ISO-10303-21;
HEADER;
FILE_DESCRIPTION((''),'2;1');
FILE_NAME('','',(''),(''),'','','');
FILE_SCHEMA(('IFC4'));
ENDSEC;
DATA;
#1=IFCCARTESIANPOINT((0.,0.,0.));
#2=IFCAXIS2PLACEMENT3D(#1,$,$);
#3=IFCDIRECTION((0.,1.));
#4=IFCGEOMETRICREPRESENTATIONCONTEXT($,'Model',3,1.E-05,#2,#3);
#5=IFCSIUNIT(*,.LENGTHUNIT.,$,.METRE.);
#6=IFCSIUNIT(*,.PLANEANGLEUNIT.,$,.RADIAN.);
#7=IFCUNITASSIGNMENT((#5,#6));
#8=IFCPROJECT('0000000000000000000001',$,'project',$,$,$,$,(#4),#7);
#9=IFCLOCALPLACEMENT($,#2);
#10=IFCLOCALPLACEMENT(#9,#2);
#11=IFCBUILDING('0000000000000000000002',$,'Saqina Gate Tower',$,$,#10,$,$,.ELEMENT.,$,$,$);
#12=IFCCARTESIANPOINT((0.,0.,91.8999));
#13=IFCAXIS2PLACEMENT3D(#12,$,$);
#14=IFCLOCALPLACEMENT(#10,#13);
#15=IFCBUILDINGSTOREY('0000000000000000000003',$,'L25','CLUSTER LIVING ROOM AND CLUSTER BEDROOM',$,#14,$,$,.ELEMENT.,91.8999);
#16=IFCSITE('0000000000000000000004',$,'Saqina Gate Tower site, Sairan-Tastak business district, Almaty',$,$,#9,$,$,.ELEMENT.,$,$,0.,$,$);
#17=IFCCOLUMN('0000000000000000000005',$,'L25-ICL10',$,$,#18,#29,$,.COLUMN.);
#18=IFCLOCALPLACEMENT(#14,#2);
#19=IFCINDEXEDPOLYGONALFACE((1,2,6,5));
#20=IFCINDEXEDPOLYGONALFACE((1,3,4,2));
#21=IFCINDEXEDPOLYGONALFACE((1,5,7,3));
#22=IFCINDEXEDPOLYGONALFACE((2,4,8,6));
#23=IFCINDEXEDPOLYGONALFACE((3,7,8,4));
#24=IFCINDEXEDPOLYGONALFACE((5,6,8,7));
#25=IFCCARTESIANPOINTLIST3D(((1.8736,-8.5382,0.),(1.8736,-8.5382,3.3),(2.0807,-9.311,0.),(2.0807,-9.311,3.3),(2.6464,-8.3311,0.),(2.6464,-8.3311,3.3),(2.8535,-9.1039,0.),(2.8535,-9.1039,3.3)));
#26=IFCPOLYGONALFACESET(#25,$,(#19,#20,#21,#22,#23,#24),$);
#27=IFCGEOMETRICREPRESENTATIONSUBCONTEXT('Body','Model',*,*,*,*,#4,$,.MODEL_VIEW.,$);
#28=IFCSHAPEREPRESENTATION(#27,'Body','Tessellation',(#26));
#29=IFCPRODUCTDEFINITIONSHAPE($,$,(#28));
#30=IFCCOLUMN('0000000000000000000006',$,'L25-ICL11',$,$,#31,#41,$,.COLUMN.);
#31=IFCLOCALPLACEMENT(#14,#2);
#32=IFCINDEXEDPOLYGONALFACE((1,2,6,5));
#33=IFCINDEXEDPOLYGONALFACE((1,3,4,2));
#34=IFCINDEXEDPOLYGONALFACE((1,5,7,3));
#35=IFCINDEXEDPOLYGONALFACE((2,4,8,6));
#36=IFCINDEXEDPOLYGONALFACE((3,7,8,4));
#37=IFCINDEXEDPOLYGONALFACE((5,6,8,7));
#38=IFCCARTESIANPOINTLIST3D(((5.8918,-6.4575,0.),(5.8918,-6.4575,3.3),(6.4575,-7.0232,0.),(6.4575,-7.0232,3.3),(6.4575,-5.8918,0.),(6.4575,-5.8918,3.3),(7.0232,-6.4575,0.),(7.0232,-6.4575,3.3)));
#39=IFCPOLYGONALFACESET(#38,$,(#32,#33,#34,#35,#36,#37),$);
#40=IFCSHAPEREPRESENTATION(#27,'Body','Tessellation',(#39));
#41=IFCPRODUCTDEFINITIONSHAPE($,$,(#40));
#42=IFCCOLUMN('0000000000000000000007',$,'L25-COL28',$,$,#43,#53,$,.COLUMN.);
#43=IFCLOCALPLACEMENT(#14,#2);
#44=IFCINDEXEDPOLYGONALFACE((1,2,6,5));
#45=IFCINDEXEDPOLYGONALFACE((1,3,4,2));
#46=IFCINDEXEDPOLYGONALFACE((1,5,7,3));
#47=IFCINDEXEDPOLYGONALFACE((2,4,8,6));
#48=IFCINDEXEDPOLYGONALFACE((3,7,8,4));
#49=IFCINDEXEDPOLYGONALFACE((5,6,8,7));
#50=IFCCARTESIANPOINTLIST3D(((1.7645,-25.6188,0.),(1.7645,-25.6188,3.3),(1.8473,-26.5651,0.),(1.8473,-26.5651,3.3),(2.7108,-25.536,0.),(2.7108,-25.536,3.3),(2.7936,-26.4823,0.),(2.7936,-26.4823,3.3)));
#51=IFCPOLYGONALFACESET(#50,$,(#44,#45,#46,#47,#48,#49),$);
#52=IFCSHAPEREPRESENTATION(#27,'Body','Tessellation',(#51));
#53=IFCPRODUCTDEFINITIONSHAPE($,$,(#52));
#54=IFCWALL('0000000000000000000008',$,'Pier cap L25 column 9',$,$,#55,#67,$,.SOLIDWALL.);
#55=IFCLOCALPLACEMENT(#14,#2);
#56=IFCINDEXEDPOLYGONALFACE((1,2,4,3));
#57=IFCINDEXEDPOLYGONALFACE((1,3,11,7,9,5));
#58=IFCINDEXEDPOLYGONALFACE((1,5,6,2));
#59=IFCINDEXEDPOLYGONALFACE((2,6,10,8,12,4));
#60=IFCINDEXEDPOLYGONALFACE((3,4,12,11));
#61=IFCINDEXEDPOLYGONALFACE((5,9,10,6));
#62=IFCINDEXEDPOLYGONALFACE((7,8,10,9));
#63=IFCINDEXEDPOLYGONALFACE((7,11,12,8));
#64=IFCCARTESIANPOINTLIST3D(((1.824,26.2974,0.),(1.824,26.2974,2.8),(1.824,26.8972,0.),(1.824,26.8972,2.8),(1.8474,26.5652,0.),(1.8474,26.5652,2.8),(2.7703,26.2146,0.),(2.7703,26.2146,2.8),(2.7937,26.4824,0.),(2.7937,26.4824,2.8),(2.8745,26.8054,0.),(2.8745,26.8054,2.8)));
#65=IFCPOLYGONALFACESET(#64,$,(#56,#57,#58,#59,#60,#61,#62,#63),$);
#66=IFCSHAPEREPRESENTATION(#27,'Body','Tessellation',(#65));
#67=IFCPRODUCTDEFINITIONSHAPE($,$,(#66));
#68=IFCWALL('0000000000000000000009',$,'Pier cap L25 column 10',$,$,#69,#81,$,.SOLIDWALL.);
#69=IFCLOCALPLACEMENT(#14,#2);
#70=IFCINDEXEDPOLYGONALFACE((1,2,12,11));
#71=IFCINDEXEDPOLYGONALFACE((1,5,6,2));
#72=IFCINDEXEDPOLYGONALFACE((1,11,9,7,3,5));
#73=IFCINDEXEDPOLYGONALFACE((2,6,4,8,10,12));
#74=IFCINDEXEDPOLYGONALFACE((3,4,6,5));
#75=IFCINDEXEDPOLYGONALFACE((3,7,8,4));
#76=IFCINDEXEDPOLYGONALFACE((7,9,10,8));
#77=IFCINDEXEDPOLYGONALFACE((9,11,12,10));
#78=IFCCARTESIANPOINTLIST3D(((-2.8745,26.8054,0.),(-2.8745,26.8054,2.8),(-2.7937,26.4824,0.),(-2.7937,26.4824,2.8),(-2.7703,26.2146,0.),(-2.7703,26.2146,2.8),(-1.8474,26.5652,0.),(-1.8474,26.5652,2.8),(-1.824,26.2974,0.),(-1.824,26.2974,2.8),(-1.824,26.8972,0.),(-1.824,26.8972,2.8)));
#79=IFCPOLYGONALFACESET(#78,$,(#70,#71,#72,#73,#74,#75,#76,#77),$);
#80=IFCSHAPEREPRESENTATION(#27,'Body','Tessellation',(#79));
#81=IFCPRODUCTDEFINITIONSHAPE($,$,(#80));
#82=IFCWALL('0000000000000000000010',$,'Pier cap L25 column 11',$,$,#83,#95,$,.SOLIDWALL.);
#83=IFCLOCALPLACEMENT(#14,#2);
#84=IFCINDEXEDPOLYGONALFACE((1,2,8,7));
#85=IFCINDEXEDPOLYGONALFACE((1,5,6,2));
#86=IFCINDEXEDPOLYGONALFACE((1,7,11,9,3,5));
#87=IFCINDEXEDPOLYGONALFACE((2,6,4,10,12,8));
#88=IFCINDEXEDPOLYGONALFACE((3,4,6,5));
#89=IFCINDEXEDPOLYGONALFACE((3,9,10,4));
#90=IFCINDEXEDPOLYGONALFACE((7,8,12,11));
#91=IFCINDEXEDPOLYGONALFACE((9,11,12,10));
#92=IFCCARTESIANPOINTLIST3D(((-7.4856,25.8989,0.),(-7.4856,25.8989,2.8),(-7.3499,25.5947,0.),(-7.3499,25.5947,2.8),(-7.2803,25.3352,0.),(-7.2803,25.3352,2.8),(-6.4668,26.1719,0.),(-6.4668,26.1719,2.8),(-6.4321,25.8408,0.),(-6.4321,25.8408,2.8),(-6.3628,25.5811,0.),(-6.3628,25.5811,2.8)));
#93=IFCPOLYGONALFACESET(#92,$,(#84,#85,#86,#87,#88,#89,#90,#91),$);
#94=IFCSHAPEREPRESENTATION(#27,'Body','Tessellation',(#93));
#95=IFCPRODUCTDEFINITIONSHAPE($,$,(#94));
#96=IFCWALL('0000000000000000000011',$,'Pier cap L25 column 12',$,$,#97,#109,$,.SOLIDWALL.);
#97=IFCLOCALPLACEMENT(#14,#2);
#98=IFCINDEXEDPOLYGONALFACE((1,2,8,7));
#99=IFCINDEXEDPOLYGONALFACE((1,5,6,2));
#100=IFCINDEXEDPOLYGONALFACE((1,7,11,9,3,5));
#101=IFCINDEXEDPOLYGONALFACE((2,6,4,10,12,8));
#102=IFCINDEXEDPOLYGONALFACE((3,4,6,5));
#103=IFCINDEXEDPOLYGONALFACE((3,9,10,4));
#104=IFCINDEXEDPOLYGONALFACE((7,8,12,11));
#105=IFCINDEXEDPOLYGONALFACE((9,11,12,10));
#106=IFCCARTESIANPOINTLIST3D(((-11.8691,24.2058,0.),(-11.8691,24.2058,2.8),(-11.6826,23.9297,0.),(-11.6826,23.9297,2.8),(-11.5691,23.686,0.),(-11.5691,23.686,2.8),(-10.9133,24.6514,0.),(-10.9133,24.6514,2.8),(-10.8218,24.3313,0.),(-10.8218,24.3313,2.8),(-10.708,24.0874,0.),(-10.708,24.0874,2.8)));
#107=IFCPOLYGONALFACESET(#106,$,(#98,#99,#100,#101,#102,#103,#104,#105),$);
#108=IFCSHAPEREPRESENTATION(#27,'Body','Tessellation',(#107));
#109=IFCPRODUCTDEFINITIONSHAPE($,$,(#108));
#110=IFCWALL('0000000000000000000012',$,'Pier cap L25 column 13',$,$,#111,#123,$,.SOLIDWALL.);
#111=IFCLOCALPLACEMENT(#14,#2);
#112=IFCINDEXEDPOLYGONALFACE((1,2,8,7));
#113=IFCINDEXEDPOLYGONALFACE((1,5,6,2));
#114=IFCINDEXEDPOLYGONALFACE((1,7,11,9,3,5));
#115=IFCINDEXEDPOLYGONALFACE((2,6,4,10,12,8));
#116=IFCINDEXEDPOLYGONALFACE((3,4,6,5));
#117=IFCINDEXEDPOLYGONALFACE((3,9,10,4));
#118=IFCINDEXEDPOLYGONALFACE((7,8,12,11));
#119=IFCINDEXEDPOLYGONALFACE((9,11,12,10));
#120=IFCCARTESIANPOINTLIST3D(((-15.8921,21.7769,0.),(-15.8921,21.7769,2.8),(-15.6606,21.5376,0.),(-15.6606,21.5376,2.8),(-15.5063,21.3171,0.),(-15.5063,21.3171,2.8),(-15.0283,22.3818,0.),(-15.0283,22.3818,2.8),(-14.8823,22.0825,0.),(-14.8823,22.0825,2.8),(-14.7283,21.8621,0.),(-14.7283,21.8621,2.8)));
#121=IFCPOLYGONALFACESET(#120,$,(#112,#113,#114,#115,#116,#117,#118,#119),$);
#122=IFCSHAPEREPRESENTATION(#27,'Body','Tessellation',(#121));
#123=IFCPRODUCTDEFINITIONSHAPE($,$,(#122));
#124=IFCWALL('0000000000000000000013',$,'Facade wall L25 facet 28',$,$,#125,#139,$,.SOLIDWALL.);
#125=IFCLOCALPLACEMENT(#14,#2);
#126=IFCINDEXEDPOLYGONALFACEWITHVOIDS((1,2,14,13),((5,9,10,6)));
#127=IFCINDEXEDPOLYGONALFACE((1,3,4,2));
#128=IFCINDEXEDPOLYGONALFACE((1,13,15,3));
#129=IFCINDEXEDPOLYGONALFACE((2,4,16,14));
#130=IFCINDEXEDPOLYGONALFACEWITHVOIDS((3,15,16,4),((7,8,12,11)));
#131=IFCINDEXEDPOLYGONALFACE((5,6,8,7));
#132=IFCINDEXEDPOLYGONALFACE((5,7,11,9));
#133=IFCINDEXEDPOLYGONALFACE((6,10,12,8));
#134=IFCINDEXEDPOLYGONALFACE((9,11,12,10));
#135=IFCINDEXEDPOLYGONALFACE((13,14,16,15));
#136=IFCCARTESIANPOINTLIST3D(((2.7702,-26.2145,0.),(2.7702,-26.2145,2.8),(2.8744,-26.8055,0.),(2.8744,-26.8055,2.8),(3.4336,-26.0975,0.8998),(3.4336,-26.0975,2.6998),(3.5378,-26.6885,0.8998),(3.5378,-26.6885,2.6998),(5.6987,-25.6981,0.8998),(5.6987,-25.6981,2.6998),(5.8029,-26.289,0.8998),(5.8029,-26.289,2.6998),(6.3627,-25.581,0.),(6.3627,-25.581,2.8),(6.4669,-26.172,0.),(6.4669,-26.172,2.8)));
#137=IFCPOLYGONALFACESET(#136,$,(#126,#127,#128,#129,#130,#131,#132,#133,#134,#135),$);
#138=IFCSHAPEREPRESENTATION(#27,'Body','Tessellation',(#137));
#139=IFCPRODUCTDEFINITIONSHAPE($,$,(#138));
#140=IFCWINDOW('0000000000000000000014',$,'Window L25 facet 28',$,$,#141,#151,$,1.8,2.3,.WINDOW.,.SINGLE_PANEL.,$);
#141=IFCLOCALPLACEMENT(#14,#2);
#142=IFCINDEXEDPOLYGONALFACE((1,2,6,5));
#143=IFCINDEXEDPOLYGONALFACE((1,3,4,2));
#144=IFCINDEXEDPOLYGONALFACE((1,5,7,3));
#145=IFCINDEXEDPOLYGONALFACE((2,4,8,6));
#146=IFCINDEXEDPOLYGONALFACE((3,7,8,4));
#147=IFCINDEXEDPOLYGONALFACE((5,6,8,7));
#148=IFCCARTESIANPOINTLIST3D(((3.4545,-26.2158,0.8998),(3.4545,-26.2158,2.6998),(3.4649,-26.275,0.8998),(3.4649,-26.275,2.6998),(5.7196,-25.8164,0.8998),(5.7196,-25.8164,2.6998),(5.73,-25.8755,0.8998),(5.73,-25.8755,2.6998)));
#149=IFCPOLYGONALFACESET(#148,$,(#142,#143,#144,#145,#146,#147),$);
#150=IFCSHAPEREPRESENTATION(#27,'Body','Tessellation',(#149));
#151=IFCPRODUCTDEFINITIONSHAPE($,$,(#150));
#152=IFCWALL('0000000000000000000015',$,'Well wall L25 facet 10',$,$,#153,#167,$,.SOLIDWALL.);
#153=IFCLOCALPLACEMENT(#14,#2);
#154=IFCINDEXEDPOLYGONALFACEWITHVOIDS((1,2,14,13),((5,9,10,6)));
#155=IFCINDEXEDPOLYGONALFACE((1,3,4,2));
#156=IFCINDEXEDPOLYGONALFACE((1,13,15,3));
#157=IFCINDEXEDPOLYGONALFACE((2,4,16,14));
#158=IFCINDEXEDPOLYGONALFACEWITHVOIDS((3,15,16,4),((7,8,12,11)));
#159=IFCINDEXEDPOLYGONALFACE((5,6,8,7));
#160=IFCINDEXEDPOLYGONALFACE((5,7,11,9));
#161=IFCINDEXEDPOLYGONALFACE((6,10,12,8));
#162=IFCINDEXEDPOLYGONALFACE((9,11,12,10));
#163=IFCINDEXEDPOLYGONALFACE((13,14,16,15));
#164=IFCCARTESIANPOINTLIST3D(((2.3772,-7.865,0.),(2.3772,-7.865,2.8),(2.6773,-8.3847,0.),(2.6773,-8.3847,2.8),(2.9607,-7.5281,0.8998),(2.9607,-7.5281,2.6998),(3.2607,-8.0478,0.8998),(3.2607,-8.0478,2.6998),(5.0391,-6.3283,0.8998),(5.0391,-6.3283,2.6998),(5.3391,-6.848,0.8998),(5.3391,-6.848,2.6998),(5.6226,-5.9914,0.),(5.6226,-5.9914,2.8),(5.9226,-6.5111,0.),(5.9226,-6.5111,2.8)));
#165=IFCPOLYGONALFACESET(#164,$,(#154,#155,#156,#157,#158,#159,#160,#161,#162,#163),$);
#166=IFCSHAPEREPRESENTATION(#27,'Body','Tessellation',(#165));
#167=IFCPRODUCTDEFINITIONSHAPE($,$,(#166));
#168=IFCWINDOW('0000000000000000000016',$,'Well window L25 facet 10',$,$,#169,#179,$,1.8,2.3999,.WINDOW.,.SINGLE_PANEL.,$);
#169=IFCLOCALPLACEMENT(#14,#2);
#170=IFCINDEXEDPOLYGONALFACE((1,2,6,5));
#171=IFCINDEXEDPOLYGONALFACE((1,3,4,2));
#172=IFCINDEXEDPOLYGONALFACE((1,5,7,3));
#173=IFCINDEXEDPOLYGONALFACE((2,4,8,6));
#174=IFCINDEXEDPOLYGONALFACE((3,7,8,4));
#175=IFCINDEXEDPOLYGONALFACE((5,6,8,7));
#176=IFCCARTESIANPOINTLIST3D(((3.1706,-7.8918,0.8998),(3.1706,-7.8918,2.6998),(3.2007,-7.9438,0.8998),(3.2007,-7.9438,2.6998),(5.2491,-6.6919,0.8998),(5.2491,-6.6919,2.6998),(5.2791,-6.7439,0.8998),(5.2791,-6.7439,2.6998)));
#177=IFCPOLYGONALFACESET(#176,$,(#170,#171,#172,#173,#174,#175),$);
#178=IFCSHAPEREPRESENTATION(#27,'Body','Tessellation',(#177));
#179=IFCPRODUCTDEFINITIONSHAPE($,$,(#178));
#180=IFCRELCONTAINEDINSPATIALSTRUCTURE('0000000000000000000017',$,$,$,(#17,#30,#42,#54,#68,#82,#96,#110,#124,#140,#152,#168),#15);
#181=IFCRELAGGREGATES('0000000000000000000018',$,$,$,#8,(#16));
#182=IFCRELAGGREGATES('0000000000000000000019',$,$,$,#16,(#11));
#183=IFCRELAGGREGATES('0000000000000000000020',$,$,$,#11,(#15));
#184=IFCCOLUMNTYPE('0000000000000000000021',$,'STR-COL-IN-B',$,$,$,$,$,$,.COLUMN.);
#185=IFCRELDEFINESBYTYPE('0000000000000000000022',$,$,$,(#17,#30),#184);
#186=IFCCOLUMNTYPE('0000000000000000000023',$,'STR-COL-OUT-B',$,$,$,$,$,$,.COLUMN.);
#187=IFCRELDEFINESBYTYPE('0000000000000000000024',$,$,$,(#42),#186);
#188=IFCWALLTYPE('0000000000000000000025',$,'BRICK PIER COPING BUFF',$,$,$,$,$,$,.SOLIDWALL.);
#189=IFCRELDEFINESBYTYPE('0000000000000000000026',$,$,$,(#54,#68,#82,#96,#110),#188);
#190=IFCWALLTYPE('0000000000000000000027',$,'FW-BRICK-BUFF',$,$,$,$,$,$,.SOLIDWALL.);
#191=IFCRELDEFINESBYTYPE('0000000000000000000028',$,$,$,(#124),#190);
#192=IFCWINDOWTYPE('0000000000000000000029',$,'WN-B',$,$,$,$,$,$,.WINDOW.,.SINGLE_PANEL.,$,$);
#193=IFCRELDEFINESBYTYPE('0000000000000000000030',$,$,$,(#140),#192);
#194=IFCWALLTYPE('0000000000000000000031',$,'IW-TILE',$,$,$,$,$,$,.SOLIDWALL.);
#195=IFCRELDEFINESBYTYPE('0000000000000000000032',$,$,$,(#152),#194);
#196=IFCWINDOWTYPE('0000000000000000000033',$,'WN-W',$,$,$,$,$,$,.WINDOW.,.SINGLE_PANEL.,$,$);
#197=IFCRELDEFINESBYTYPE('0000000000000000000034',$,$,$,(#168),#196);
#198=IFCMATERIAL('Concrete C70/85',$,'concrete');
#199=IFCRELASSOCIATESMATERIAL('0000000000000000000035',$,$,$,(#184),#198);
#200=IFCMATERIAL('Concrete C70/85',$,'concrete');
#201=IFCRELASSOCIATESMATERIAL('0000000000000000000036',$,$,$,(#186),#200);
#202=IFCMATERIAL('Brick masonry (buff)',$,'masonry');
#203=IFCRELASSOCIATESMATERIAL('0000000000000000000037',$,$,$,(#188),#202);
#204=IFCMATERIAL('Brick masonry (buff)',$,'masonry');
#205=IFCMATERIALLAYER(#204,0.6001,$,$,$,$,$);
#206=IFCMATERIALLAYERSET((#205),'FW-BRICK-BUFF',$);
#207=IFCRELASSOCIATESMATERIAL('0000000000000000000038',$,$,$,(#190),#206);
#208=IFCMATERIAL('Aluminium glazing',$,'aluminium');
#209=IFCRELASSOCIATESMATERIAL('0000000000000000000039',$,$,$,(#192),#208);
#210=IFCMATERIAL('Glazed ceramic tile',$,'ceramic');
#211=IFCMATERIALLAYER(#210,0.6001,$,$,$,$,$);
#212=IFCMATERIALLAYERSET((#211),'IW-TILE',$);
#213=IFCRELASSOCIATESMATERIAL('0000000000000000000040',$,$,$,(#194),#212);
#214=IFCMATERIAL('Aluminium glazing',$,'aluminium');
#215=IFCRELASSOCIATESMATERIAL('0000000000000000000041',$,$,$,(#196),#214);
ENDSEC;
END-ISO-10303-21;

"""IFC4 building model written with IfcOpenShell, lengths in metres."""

from ifc_helpers import new_model, si_unit, direction, frame, frame_2d, origin, origin_2d, place, context, subcontext, project, spatial, polyline, rectangle, outline, extrude, material, layer, layer_set, material_profile, profile_set, type_object, element, fill, save


model = new_model("IFC4")

# Units and contexts
model_context = context("Model", 3, precision=1e-05, world=origin(), true_north=direction((0.0, 1.0)))
body_context = subcontext(model_context, "Body", "Model", "MODEL_VIEW")
ifc_project = project(units=[si_unit("LENGTHUNIT", "METRE"), si_unit("PLANEANGLEUNIT", "RADIAN")], contexts=[model_context])

# Site, building, storey
site_placement = place(None, origin())
site = spatial("IfcSite", under=ifc_project, at=site_placement, Name="Saqina Gate Tower site, Sairan-Tastak business district, Almaty", CompositionType="ELEMENT", RefElevation=0.0)
building_placement = place(site_placement, origin())
building = spatial("IfcBuilding", under=site, at=building_placement, Name="Saqina Gate Tower", CompositionType="ELEMENT")
storey_placement = place(building_placement, frame((0.0, 0.0, 91.8999)))
storey = spatial("IfcBuildingStorey", under=building, at=storey_placement, Name="L25", Description="CLUSTER LIVING ROOM AND CLUSTER BEDROOM", CompositionType="ELEMENT", Elevation=91.8999)

# Columns
ifc_material_1 = material(Name="Concrete C70/85", Category="concrete")
ifc_material_profile_1 = material_profile(ifc_material_1, rectangle(XDim=0.8, YDim=0.8, at=origin_2d()), Name="RC 800x800")
ifc_profile_set_1 = profile_set([ifc_material_profile_1], Name="Concrete C70/85")
column_type_1 = type_object("IfcColumnType", Name="STR-COL-IN-B", PredefinedType="COLUMN", material=ifc_profile_set_1)
for number, where, z_axis, x_axis, name in (
    (1, (2.3635, -8.821, 0.0), (0.0, 0.0, 1.0), (0.258819, -0.965926, 0.0), "L25-ICL10"),
    (2, (6.4575, -6.4575, 0.0), (0.0, 0.0, 1.0), (0.707107, -0.707107, 0.0), "L25-ICL11"),
):
    element("IfcColumn", number, at=place(storey_placement, frame(where, z_axis=z_axis, x_axis=x_axis)), inside=storey, type_object=column_type_1, Name=name, PredefinedType="COLUMN", context=body_context, shape_type="SweptSolid", body=[
        extrude(rectangle(XDim=0.8, YDim=0.8, at=origin_2d()), origin(), (0.0, 0.0, 1.0), 3.3),
    ])
ifc_material_2 = material(Name="Concrete C70/85", Category="concrete")
ifc_material_profile_2 = material_profile(ifc_material_2, rectangle(XDim=0.95, YDim=0.95, at=origin_2d()), Name="RC 950x950")
ifc_profile_set_2 = profile_set([ifc_material_profile_2], Name="Concrete C70/85")
column_type_2 = type_object("IfcColumnType", Name="STR-COL-OUT-B", PredefinedType="COLUMN", material=ifc_profile_set_2)
column_placement = place(storey_placement, frame((2.2791, -26.0505, 0.0), z_axis=(0.0, 0.0, 1.0), x_axis=(0.087156, -0.996195, 0.0)))
element("IfcColumn", 3, at=column_placement, inside=storey, type_object=column_type_2, Name="L25-COL28", PredefinedType="COLUMN", context=body_context, shape_type="SweptSolid", body=[
    extrude(rectangle(XDim=0.95, YDim=0.95, at=origin_2d()), origin(), (0.0, 0.0, 1.0), 3.3),
])

# Walls
ifc_material_3 = material(Name="Brick masonry (buff)", Category="masonry")
wall_type_1 = type_object("IfcWallType", Name="BRICK PIER COPING BUFF", PredefinedType="SOLIDWALL", material=ifc_material_3)
wall_1_placement = place(storey_placement, origin())
element("IfcWall", 4, at=wall_1_placement, inside=storey, type_object=wall_type_1, Name="Pier cap L25 column 9", PredefinedType="SOLIDWALL", context=body_context, shape_type="SweptSolid", body=[
    extrude(outline(polyline([(2.8745, 26.8054), (1.824, 26.8972), (1.824, 26.2974), (1.8474, 26.5652), (2.7937, 26.4824), (2.7703, 26.2146), (2.8745, 26.8054)])), origin(), (0.0, 0.0, 1.0), 2.8),
])
wall_2_placement = place(storey_placement, origin())
element("IfcWall", 5, at=wall_2_placement, inside=storey, type_object=wall_type_1, Name="Pier cap L25 column 10", PredefinedType="SOLIDWALL", context=body_context, shape_type="SweptSolid", body=[
    extrude(outline(polyline([(-2.8745, 26.8054), (-2.7703, 26.2146), (-2.7937, 26.4824), (-1.8474, 26.5652), (-1.824, 26.2974), (-1.824, 26.8972), (-2.8745, 26.8054)])), origin(), (0.0, 0.0, 1.0), 2.8),
])
wall_3_placement = place(storey_placement, origin())
element("IfcWall", 6, at=wall_3_placement, inside=storey, type_object=wall_type_1, Name="Pier cap L25 column 11", PredefinedType="SOLIDWALL", context=body_context, shape_type="SweptSolid", body=[
    extrude(outline(polyline([(-6.4668, 26.1719), (-7.4856, 25.8989), (-7.2803, 25.3352), (-7.3499, 25.5947), (-6.4321, 25.8408), (-6.3628, 25.5811), (-6.4668, 26.1719)])), origin(), (0.0, 0.0, 1.0), 2.8),
])
wall_4_placement = place(storey_placement, origin())
element("IfcWall", 7, at=wall_4_placement, inside=storey, type_object=wall_type_1, Name="Pier cap L25 column 12", PredefinedType="SOLIDWALL", context=body_context, shape_type="SweptSolid", body=[
    extrude(outline(polyline([(-10.9133, 24.6514), (-11.8691, 24.2058), (-11.5691, 23.686), (-11.6826, 23.9297), (-10.8218, 24.3313), (-10.708, 24.0874), (-10.9133, 24.6514)])), origin(), (0.0, 0.0, 1.0), 2.8),
])
wall_5_placement = place(storey_placement, origin())
element("IfcWall", 8, at=wall_5_placement, inside=storey, type_object=wall_type_1, Name="Pier cap L25 column 13", PredefinedType="SOLIDWALL", context=body_context, shape_type="SweptSolid", body=[
    extrude(outline(polyline([(-15.8921, 21.7769), (-15.5063, 21.3171), (-15.6606, 21.5376), (-14.8823, 22.0825), (-14.7283, 21.8621), (-15.0283, 22.3818), (-15.8921, 21.7769)])), origin(), (0.0, 0.0, 1.0), 2.8),
])

# Walls, openings, windows
ifc_material_4 = material(Name="Brick masonry (buff)", Category="masonry")
ifc_layer_1 = layer(ifc_material_4, 0.6001)
ifc_layer_set_1 = layer_set([ifc_layer_1], Name="FW-BRICK-BUFF")
wall_type_2 = type_object("IfcWallType", Name="FW-BRICK-BUFF", PredefinedType="SOLIDWALL", material=ifc_layer_set_1)
wall_6_placement = place(storey_placement, frame((2.8223, -26.51, 0.0), z_axis=(0.0, 0.0, 1.0), x_axis=(0.984804, 0.173671, 0.0)))
wall_6 = element("IfcWall", 9, at=wall_6_placement, inside=storey, type_object=wall_type_2, Name="Facade wall L25 facet 28", PredefinedType="SOLIDWALL", context=body_context, shape_type="SweptSolid", body=[
    extrude(rectangle(XDim=3.6479, YDim=0.6001, at=frame_2d((1.824, 0.0))), origin(), (0.0, 0.0, 1.0), 2.8),
])
opening_1_placement = place(wall_6_placement, frame((0.6738, 0.0, 0.8999)))
opening_1 = element("IfcOpeningElement", 10, at=opening_1_placement, cuts=wall_6, PredefinedType="OPENING", context=body_context, shape_type="SweptSolid", body=[
    extrude(rectangle(XDim=2.3, YDim=1.8, at=frame_2d((1.1499, 0.8999))), frame((0.0, 0.312, 0.0), z_axis=(0.0, -1.0, 0.0), x_axis=(1.0, 0.0, 0.0)), (0.0, 0.0, 1.0), 0.624),
])
ifc_material_5 = material(Name="Aluminium glazing", Category="aluminium")
window_type_1 = type_object("IfcWindowType", Name="WN-B", PartitioningType="SINGLE_PANEL", PredefinedType="WINDOW", material=ifc_material_5)
window_1_placement = place(opening_1_placement, origin())
window_1 = element("IfcWindow", 11, at=window_1_placement, inside=storey, type_object=window_type_1, Name="Window L25 facet 28", OverallHeight=1.8, OverallWidth=2.3, PartitioningType="SINGLE_PANEL", PredefinedType="WINDOW", context=body_context, shape_type="SweptSolid", body=[
    extrude(rectangle(XDim=2.3, YDim=1.8, at=frame_2d((1.1499, 0.8999))), frame((0.0, 0.1799, 0.0), z_axis=(0.0, -1.0, 0.0), x_axis=(1.0, 0.0, 0.0)), (0.0, 0.0, 1.0), 0.0601),
])
fill(opening_1, window_1)
ifc_material_6 = material(Name="Glazed ceramic tile", Category="ceramic")
ifc_layer_2 = layer(ifc_material_6, 0.6001)
ifc_layer_set_2 = layer_set([ifc_layer_2], Name="IW-TILE")
wall_type_3 = type_object("IfcWallType", Name="IW-TILE", PredefinedType="SOLIDWALL", material=ifc_layer_set_2)
wall_7_placement = place(storey_placement, frame((2.5273, -8.1248, 0.0), z_axis=(0.0, 0.0, 1.0), x_axis=(0.866046, 0.499965, 0.0)))
wall_7 = element("IfcWall", 12, at=wall_7_placement, inside=storey, type_object=wall_type_3, Name="Well wall L25 facet 10", PredefinedType="SOLIDWALL", context=body_context, shape_type="SweptSolid", body=[
    extrude(rectangle(XDim=3.7473, YDim=0.6001, at=frame_2d((1.8735, 0.0))), origin(), (0.0, 0.0, 1.0), 2.8),
])
opening_2_placement = place(wall_7_placement, frame((0.6736, 0.0, 0.8999)))
opening_2 = element("IfcOpeningElement", 13, at=opening_2_placement, cuts=wall_7, PredefinedType="OPENING", context=body_context, shape_type="SweptSolid", body=[
    extrude(rectangle(XDim=2.3999, YDim=1.8, at=frame_2d((1.2, 0.8999))), frame((0.0, 0.312, 0.0), z_axis=(0.0, -1.0, 0.0), x_axis=(1.0, 0.0, 0.0)), (0.0, 0.0, 1.0), 0.624),
])
ifc_material_7 = material(Name="Aluminium glazing", Category="aluminium")
window_type_2 = type_object("IfcWindowType", Name="WN-W", PartitioningType="SINGLE_PANEL", PredefinedType="WINDOW", material=ifc_material_7)
window_2_placement = place(opening_2_placement, origin())
window_2 = element("IfcWindow", 14, at=window_2_placement, inside=storey, type_object=window_type_2, Name="Well window L25 facet 10", OverallHeight=1.8, OverallWidth=2.3999, PartitioningType="SINGLE_PANEL", PredefinedType="WINDOW", context=body_context, shape_type="SweptSolid", body=[
    extrude(rectangle(XDim=2.3999, YDim=1.8, at=frame_2d((1.2, 0.8999))), frame((0.0, -0.1199, 0.0), z_axis=(0.0, -1.0, 0.0), x_axis=(1.0, 0.0, 0.0)), (0.0, 0.0, 1.0), 0.0601),
])
fill(opening_2, window_2)

save(model, "model.ifc")
